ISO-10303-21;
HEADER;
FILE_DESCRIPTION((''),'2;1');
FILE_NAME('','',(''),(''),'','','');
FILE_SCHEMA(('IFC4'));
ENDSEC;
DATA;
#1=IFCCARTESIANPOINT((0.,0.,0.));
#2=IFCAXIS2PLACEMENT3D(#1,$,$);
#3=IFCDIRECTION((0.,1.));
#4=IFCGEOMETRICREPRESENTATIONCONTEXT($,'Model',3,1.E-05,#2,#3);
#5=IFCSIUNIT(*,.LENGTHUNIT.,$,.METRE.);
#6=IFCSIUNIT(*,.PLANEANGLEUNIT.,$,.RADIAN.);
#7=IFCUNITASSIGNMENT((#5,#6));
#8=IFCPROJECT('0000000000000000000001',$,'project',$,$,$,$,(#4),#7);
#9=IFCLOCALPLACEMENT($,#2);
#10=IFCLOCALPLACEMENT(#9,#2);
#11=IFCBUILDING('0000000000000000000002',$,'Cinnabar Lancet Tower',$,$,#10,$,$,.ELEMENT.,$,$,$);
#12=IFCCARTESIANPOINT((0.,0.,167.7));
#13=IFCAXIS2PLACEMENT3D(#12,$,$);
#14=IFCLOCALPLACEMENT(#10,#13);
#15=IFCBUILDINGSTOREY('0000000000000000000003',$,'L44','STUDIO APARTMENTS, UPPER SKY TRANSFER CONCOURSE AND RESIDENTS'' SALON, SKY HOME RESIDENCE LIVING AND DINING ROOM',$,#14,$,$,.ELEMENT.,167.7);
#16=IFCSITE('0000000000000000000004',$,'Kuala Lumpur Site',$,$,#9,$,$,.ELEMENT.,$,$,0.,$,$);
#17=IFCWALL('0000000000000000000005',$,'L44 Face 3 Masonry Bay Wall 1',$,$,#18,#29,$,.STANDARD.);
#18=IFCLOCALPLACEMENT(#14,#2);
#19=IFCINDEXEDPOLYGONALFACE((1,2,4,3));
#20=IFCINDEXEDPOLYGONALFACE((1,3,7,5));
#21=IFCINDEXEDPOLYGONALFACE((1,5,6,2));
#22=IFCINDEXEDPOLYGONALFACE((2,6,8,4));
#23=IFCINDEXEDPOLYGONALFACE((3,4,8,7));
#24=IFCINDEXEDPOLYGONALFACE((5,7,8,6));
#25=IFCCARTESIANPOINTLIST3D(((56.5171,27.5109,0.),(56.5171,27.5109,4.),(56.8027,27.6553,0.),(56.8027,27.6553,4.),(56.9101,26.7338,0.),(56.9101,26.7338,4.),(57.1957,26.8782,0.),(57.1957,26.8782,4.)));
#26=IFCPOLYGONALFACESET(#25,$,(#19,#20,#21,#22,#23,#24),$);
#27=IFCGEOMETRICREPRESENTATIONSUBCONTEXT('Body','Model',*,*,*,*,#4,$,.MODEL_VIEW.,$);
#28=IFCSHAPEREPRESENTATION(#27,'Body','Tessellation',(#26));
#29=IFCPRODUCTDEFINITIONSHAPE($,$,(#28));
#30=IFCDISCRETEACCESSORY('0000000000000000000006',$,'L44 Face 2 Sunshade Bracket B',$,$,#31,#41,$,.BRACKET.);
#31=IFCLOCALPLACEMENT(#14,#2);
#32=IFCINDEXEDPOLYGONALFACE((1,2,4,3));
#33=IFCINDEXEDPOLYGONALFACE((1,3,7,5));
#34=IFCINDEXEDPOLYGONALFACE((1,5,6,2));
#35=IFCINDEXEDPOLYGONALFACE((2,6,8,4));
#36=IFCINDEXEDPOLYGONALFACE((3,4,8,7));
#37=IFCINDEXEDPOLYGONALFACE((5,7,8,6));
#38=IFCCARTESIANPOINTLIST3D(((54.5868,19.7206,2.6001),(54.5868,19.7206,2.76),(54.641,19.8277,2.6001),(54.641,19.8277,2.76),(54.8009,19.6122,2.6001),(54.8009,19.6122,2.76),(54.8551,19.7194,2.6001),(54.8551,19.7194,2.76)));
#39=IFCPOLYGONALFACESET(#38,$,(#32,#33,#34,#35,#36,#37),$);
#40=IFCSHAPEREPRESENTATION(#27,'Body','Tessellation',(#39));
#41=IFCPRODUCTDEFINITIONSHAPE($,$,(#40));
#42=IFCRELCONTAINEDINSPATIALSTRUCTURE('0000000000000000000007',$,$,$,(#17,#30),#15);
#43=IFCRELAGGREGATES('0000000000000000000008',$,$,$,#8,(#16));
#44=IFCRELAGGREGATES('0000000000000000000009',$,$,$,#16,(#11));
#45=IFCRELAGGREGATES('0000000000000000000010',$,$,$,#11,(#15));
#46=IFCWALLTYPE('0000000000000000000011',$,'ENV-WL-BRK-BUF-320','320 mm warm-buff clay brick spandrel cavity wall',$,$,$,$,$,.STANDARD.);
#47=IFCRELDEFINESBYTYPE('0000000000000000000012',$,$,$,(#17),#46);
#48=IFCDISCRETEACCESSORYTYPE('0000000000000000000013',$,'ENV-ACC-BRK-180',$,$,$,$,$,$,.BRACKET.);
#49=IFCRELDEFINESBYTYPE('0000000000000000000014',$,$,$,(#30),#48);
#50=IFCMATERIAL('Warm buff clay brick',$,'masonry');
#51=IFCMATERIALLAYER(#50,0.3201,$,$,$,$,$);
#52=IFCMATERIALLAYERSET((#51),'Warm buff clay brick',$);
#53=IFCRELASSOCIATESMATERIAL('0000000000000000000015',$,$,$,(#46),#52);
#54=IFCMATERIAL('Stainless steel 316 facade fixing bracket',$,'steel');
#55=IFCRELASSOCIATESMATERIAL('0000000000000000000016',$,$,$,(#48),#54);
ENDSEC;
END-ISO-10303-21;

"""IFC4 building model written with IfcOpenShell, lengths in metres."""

from ifc_helpers import new_model, si_unit, direction, frame, frame_2d, origin, origin_2d, place, context, subcontext, project, spatial, rectangle, extrude, material, layer, layer_set, type_object, element, save


model = new_model("IFC4")

# Units and contexts
model_context = context("Model", 3, precision=1e-05, world=origin(), true_north=direction((0.0, 1.0)))
body_context = subcontext(model_context, "Body", "Model", "MODEL_VIEW")
ifc_project = project(units=[si_unit("LENGTHUNIT", "METRE"), si_unit("PLANEANGLEUNIT", "RADIAN")], contexts=[model_context])

# Site, building, storey
site_placement = place(None, origin())
site = spatial("IfcSite", under=ifc_project, at=site_placement, Name="Kuala Lumpur Site", CompositionType="ELEMENT", RefElevation=0.0)
building_placement = place(site_placement, origin())
building = spatial("IfcBuilding", under=site, at=building_placement, Name="Cinnabar Lancet Tower", CompositionType="ELEMENT")
storey_placement = place(building_placement, frame((0.0, 0.0, 167.7)))
storey = spatial("IfcBuildingStorey", under=building, at=storey_placement, Name="L44", Description="STUDIO APARTMENTS, UPPER SKY TRANSFER CONCOURSE AND RESIDENTS' SALON, SKY HOME RESIDENCE LIVING AND DINING ROOM", CompositionType="ELEMENT", Elevation=167.7)

# Shared definitions
ifc_material_1 = material(Name="Warm buff clay brick", Category="masonry")
ifc_layer_1 = layer(ifc_material_1, 0.3201)
ifc_layer_set_1 = layer_set([ifc_layer_1], Name="Warm buff clay brick")
wall_type_1 = type_object("IfcWallType", Name="ENV-WL-BRK-BUF-320", Description="320 mm warm-buff clay brick spandrel cavity wall", PredefinedType="STANDARD", material=ifc_layer_set_1)

# Wall
wall_1_placement = place(storey_placement, frame((57.053, 26.8059, 0.0), z_axis=(0.0, 0.0, 1.0), x_axis=(-0.451358, 0.892343, 0.0)))
element("IfcWall", 1, at=wall_1_placement, inside=storey, type_object=wall_type_1, Name="L44 Face 3 Masonry Bay Wall 1", PredefinedType="STANDARD", context=body_context, shape_type="SweptSolid", body=[
    extrude(rectangle(XDim=0.8708, YDim=0.3201, at=frame_2d((0.4355, 0.0))), origin(), (0.0, 0.0, 1.0), 4.0),
])

# Discrete accessory
ifc_material_2 = material(Name="Stainless steel 316 facade fixing bracket", Category="steel")
discrete_accessory_type = type_object("IfcDiscreteAccessoryType", Name="ENV-ACC-BRK-180", PredefinedType="BRACKET", material=ifc_material_2)
discrete_accessory_placement = place(storey_placement, frame((54.7209, 19.72, 2.6001), z_axis=(0.0, 0.0, 1.0), x_axis=(0.451469, 0.892287, 0.0)))
element("IfcDiscreteAccessory", 2, at=discrete_accessory_placement, inside=storey, type_object=discrete_accessory_type, Name="L44 Face 2 Sunshade Bracket B", PredefinedType="BRACKET", context=body_context, shape_type="SweptSolid", body=[
    extrude(rectangle(XDim=0.1201, YDim=0.24, at=origin_2d()), origin(), (0.0, 0.0, 1.0), 0.1599),
])

save(model, "model.ifc")
